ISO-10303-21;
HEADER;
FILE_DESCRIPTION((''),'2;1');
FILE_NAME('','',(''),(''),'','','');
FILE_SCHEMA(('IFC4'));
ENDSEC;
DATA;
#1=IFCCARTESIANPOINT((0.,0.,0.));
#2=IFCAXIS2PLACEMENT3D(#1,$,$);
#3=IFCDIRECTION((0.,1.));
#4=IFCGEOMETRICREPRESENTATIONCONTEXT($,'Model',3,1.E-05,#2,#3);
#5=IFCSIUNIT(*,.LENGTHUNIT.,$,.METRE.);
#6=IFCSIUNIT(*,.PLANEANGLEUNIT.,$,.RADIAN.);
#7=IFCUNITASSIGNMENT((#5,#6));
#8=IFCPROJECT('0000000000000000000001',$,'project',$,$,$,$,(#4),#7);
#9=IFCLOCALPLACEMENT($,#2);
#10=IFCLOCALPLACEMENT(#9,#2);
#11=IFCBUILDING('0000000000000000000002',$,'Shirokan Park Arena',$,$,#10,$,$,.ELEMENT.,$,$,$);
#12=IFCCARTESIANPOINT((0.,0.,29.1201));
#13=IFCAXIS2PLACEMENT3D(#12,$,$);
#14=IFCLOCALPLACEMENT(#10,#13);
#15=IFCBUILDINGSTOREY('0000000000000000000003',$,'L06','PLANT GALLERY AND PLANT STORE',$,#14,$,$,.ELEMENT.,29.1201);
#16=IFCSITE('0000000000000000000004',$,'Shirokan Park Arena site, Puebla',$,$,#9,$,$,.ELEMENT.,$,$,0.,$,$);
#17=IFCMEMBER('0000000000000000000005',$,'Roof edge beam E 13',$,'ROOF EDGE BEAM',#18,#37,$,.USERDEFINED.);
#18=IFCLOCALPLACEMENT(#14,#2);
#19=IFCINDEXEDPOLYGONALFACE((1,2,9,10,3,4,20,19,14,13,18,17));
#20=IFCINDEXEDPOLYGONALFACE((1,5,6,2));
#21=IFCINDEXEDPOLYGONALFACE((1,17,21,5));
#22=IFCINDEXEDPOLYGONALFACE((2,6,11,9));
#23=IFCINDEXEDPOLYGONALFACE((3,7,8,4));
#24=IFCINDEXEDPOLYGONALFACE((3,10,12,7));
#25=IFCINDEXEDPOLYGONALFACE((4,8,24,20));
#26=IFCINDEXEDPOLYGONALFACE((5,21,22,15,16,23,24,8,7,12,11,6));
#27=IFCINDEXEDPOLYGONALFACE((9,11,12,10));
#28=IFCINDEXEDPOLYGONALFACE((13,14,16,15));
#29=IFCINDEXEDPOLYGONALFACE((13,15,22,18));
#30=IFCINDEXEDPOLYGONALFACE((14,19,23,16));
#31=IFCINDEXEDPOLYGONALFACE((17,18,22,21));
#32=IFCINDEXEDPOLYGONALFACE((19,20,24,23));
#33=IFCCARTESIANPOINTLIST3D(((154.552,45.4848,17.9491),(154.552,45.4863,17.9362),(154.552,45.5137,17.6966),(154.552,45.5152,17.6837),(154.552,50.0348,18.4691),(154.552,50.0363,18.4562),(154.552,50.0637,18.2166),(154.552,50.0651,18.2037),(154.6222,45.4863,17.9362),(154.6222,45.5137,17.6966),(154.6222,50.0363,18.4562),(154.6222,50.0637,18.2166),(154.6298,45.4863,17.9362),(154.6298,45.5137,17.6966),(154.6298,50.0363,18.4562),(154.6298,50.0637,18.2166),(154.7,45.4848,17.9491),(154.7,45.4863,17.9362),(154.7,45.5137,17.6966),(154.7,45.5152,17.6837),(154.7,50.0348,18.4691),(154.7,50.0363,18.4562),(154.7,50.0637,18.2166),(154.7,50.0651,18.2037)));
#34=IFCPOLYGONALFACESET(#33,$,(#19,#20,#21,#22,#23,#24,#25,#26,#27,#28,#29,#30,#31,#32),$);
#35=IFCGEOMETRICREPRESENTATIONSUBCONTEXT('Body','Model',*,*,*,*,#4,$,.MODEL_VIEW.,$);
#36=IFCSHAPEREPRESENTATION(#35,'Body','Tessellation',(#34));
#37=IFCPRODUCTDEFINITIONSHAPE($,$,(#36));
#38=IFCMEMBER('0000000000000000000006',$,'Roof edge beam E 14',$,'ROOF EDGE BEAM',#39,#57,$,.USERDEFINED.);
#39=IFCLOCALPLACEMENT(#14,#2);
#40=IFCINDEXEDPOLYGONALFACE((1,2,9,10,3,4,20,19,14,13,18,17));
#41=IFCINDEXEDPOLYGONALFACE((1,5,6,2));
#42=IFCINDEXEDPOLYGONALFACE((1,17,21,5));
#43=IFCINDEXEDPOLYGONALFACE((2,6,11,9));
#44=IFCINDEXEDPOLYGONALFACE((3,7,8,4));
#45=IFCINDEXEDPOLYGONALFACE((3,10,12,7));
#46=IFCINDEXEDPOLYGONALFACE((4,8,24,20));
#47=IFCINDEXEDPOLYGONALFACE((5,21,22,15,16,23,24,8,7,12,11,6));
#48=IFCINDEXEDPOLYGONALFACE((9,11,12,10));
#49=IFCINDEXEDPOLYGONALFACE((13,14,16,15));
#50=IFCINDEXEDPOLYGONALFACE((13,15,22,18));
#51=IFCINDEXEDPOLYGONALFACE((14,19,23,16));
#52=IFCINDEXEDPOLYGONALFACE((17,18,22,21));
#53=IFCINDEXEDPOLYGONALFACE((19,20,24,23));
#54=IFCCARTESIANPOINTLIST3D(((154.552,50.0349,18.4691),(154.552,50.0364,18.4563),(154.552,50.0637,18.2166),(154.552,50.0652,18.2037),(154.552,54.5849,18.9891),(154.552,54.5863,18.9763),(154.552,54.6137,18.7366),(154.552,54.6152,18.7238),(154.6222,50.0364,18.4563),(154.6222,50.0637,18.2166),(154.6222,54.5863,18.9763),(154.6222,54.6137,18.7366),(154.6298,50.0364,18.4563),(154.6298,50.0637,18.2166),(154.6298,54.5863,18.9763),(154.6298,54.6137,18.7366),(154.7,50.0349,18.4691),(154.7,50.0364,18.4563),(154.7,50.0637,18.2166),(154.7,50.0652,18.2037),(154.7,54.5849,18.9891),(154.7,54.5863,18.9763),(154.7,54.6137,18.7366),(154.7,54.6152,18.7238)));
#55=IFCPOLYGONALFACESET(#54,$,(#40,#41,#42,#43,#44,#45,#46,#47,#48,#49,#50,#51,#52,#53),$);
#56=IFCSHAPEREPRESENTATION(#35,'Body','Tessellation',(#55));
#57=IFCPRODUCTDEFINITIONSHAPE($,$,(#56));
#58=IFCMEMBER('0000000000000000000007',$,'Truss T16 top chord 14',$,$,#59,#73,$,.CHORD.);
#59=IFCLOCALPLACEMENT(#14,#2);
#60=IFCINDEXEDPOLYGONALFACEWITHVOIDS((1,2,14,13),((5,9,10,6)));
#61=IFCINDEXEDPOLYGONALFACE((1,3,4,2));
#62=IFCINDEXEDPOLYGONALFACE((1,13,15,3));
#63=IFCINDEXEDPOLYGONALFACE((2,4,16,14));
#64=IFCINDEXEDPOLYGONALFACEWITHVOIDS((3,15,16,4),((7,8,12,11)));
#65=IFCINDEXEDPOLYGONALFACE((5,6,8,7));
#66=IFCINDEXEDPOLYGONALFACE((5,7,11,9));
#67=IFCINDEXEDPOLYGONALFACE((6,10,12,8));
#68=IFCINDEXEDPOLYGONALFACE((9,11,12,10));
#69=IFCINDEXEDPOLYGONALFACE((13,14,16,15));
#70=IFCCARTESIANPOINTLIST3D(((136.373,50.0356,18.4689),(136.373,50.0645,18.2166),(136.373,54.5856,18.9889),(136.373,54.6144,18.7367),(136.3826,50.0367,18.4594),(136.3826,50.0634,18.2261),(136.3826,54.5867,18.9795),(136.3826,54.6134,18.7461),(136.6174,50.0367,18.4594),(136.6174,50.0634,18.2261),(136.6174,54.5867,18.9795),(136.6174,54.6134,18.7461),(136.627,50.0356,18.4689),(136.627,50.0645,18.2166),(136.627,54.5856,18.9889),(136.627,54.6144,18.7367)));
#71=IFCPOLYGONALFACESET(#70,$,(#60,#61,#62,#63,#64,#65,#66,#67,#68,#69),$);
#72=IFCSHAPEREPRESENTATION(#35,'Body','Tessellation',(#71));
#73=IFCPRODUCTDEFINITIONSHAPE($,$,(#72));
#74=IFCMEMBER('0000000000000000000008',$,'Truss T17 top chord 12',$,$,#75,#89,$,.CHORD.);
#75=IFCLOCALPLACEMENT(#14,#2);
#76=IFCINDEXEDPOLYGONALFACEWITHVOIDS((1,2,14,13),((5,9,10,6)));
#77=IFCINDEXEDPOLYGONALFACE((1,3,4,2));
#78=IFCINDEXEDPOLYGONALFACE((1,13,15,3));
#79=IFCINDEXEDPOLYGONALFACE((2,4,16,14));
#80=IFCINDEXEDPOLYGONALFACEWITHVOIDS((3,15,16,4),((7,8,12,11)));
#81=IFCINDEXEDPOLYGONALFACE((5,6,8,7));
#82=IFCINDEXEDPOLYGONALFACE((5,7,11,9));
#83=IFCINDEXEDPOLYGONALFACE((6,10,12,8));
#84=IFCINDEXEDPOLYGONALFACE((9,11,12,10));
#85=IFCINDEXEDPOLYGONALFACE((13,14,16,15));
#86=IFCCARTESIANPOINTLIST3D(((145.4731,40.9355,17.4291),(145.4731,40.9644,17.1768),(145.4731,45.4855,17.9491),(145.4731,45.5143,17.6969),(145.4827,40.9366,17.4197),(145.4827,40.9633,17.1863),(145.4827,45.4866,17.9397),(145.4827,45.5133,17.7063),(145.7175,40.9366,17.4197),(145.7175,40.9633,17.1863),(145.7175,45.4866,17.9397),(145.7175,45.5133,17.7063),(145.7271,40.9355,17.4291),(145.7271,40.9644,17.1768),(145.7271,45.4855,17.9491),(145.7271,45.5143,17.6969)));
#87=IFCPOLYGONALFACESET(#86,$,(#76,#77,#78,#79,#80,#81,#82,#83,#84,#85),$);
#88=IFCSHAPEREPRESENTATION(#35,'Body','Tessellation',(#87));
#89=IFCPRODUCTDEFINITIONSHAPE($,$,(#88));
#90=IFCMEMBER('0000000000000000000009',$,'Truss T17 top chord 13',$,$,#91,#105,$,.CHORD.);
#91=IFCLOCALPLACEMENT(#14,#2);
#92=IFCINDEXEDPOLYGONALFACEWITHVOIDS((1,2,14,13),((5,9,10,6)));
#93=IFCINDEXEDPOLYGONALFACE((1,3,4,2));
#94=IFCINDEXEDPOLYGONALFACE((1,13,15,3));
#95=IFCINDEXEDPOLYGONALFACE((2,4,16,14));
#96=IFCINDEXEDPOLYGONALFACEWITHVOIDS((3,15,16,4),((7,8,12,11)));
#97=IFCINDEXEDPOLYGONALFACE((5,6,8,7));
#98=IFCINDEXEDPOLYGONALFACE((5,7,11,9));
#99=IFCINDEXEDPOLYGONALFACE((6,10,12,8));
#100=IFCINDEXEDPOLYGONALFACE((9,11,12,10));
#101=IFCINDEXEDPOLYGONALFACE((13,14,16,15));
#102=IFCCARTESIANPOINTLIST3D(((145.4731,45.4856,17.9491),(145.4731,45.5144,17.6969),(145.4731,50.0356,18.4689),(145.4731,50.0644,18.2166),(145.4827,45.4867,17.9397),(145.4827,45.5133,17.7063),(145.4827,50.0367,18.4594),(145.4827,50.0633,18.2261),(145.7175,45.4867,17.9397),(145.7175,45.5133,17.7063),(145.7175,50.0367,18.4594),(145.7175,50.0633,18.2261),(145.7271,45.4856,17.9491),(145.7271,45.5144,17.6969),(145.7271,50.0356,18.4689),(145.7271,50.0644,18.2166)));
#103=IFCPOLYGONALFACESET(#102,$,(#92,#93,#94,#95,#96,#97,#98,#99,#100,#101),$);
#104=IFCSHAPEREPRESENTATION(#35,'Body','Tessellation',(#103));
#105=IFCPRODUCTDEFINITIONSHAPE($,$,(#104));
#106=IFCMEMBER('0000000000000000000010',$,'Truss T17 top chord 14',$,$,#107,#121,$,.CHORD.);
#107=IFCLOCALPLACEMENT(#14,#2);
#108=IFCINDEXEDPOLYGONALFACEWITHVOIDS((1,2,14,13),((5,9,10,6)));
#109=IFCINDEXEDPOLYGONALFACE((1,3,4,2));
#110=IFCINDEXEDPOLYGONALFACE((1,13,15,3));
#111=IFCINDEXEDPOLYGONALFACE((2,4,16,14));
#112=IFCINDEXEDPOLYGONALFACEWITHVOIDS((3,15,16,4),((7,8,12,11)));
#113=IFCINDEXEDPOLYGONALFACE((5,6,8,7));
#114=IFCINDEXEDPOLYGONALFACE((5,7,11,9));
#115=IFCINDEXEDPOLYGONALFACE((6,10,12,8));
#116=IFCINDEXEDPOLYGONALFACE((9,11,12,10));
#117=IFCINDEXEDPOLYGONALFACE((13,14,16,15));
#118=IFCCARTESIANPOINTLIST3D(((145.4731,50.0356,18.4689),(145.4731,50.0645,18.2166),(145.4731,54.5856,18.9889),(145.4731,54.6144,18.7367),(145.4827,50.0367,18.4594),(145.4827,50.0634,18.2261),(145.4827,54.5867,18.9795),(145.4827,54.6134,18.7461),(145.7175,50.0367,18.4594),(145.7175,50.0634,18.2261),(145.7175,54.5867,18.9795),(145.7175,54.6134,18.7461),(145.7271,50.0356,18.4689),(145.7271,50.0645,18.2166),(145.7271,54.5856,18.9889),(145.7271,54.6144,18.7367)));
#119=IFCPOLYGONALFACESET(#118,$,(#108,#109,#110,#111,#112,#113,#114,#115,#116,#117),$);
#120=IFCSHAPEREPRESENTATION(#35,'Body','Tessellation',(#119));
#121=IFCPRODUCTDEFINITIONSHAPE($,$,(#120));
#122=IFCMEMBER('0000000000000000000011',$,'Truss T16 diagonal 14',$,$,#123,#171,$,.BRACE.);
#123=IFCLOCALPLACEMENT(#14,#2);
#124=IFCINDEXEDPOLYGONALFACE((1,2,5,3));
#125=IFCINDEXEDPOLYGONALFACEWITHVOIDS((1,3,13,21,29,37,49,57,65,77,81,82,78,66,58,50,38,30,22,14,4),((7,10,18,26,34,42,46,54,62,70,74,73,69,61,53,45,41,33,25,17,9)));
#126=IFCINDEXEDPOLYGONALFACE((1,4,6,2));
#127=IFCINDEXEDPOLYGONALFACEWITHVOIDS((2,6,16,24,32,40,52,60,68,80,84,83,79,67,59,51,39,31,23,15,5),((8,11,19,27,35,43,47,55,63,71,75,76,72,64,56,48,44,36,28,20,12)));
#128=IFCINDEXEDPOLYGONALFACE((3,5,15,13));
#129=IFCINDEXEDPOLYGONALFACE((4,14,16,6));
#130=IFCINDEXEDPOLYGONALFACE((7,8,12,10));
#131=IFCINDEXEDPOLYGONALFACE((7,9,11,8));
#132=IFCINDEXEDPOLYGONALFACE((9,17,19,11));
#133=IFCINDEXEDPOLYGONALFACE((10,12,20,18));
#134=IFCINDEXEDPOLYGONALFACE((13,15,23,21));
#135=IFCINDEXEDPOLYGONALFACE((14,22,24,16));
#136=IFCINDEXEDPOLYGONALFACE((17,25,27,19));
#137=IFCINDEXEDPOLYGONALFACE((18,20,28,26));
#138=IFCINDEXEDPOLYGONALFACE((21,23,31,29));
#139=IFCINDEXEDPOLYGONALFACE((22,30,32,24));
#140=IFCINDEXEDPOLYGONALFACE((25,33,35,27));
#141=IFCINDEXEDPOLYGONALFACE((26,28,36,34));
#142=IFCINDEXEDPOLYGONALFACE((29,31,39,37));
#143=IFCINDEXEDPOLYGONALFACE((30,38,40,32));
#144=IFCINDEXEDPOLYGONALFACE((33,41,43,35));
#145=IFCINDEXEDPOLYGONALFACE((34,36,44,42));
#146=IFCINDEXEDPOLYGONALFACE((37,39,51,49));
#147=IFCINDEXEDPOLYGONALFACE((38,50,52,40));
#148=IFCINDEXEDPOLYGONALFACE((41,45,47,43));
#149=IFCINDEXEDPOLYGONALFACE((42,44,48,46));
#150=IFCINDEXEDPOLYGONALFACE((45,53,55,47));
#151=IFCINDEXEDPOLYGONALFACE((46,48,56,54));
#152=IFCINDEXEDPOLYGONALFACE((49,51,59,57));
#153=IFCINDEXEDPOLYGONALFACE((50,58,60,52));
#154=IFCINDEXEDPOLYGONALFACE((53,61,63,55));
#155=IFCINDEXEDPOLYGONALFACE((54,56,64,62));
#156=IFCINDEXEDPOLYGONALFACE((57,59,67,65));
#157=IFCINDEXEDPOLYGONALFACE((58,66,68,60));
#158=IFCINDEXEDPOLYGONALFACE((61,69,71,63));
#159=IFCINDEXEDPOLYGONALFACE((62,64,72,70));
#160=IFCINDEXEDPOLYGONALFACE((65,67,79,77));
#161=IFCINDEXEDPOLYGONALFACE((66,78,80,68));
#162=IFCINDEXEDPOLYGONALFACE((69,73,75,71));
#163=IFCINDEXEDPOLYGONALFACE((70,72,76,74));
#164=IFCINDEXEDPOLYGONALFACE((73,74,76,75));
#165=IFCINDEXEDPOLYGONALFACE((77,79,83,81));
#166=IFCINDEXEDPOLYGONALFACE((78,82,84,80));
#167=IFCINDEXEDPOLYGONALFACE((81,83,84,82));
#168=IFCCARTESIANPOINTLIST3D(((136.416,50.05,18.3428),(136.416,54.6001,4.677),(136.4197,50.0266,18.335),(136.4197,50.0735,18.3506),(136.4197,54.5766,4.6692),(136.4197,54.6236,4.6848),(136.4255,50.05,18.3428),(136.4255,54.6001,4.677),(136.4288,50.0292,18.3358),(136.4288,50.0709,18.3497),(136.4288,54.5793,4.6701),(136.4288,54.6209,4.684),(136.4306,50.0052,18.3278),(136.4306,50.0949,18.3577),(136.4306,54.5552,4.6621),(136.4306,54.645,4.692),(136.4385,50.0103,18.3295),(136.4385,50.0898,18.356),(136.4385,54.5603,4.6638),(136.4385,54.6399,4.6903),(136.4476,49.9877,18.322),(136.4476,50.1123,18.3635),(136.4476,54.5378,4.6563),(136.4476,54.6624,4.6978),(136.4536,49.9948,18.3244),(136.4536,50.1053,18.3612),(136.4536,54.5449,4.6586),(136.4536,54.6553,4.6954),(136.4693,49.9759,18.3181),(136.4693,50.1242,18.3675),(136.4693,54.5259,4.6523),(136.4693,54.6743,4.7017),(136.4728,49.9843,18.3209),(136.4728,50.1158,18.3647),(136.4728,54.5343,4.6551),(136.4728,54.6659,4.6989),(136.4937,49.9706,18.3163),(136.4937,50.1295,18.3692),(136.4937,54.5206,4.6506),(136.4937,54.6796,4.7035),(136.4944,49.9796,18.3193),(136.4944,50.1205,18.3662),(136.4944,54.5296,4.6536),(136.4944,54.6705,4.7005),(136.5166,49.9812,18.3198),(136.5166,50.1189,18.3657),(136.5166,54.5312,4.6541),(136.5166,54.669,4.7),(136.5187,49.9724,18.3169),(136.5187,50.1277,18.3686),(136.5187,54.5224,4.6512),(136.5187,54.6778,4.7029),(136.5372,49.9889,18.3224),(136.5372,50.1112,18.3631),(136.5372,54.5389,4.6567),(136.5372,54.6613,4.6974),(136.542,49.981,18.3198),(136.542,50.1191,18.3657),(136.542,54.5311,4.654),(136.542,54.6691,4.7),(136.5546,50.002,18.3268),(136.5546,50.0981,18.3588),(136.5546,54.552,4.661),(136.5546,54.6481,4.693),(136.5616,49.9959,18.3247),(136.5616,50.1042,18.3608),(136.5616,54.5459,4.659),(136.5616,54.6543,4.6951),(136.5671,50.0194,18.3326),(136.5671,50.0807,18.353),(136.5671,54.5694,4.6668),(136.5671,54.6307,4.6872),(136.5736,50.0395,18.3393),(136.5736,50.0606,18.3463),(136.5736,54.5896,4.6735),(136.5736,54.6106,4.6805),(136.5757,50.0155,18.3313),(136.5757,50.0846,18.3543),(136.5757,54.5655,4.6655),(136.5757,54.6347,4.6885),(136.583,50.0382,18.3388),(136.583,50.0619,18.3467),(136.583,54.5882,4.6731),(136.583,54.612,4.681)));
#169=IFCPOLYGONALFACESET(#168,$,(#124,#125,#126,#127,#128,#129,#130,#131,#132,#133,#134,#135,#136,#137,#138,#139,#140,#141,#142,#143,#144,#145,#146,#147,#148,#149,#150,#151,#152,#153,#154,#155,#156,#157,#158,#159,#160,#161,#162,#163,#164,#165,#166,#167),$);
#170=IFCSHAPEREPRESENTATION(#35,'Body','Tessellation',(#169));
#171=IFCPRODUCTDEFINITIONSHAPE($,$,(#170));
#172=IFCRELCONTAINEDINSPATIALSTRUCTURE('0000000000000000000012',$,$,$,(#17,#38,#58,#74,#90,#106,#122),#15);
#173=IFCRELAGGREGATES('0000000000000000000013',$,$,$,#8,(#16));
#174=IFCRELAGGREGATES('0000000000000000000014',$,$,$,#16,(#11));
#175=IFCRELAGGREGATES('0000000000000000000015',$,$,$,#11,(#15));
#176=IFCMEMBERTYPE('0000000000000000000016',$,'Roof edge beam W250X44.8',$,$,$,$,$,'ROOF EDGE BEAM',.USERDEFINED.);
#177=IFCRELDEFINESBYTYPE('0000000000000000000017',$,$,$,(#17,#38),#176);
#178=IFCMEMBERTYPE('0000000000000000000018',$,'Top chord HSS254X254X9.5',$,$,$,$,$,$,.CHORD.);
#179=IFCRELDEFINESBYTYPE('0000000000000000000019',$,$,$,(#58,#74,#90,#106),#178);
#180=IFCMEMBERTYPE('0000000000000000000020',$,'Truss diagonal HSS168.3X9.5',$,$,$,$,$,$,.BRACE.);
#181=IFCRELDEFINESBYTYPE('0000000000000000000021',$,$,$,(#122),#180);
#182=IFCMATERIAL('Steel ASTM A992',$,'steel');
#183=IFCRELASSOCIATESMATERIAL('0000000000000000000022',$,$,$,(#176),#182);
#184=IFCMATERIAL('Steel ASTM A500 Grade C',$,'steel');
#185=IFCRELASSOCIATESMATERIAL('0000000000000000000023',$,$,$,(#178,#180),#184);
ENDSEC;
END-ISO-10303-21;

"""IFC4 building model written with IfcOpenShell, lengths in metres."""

from ifc_helpers import new_model, si_unit, direction, frame, origin, origin_2d, place, context, subcontext, project, spatial, hollow_rectangle, hollow_circle, i_section, extrude, material, material_profile, profile_set, type_object, element, save


model = new_model("IFC4")

# Units and contexts
model_context = context("Model", 3, precision=1e-05, world=origin(), true_north=direction((0.0, 1.0)))
body_context = subcontext(model_context, "Body", "Model", "MODEL_VIEW")
ifc_project = project(units=[si_unit("LENGTHUNIT", "METRE"), si_unit("PLANEANGLEUNIT", "RADIAN")], contexts=[model_context])

# Site, building, storey
site_placement = place(None, origin())
site = spatial("IfcSite", under=ifc_project, at=site_placement, Name="Shirokan Park Arena site, Puebla", CompositionType="ELEMENT", RefElevation=0.0)
building_placement = place(site_placement, origin())
building = spatial("IfcBuilding", under=site, at=building_placement, Name="Shirokan Park Arena", CompositionType="ELEMENT")
storey_placement = place(building_placement, frame((0.0, 0.0, 29.1201)))
storey = spatial("IfcBuildingStorey", under=building, at=storey_placement, Name="L06", Description="PLANT GALLERY AND PLANT STORE", CompositionType="ELEMENT", Elevation=29.1201)

# Members
ifc_material_1 = material(Name="Steel ASTM A992", Category="steel")
ifc_material_profile_1 = material_profile(ifc_material_1, i_section(OverallWidth=0.1479, OverallDepth=0.2671, WebThickness=0.0076, FlangeThickness=0.0129, at=origin_2d()), Name="W250X44.8")
ifc_profile_set_1 = profile_set([ifc_material_profile_1], Name="Steel ASTM A992")
member_type_1 = type_object("IfcMemberType", Name="Roof edge beam W250X44.8", ElementType="ROOF EDGE BEAM", PredefinedType="USERDEFINED", material=ifc_profile_set_1)
for number, where, z_axis, x_axis, name in (
    (1, (154.626, 45.5, 17.8164), (0.0, 0.993532, 0.11355), (-1.0, 0.0, 0.0), "Roof edge beam E 13"),
    (2, (154.626, 50.05, 18.3364), (0.0, 0.993532, 0.11355), (-1.0, 0.0, 0.0), "Roof edge beam E 14"),
):
    element("IfcMember", number, at=place(storey_placement, frame(where, z_axis=z_axis, x_axis=x_axis)), inside=storey, type_object=member_type_1, Name=name, ObjectType="ROOF EDGE BEAM", PredefinedType="USERDEFINED", context=body_context, shape_type="SweptSolid", body=[
        extrude(i_section(OverallWidth=0.1479, OverallDepth=0.2671, WebThickness=0.0076, FlangeThickness=0.0129, at=origin_2d()), origin(), (0.0, 0.0, 1.0), 4.5796),
    ])
ifc_material_2 = material(Name="Steel ASTM A500 Grade C", Category="steel")
ifc_material_profile_2 = material_profile(ifc_material_2, hollow_rectangle(XDim=0.2539, YDim=0.2539, WallThickness=0.0095, at=origin_2d()), Name="HSS254X254X9.5")
ifc_profile_set_2 = profile_set([ifc_material_profile_2], Name="Steel ASTM A500 Grade C")
member_type_2 = type_object("IfcMemberType", Name="Top chord HSS254X254X9.5", PredefinedType="CHORD", material=ifc_profile_set_2)
for number, where, z_axis, x_axis, name in (
    (3, (136.5, 50.05, 18.3428), (0.0, 0.993532, 0.11355), (-1.0, 0.0, 0.0), "Truss T16 top chord 14"),
    (4, (145.6001, 40.95, 17.303), (0.0, 0.993532, 0.11355), (-1.0, 0.0, 0.0), "Truss T17 top chord 12"),
    (5, (145.6001, 45.5, 17.823), (0.0, 0.993538, 0.113497), (-1.0, 0.0, 0.0), "Truss T17 top chord 13"),
    (6, (145.6001, 50.05, 18.3428), (0.0, 0.993532, 0.11355), (-1.0, 0.0, 0.0), "Truss T17 top chord 14"),
):
    element("IfcMember", number, at=place(storey_placement, frame(where, z_axis=z_axis, x_axis=x_axis)), inside=storey, type_object=member_type_2, Name=name, PredefinedType="CHORD", context=body_context, shape_type="SweptSolid", body=[
        extrude(hollow_rectangle(XDim=0.2539, YDim=0.2539, WallThickness=0.0095, at=origin_2d()), origin(), (0.0, 0.0, 1.0), 4.5796),
    ])
ifc_material_profile_3 = material_profile(ifc_material_2, hollow_circle(Radius=0.084, WallThickness=0.0095, at=origin_2d()), Name="HSS168.3X9.5")
ifc_profile_set_3 = profile_set([ifc_material_profile_3], Name="Steel ASTM A500 Grade C")
member_type_3 = type_object("IfcMemberType", Name="Truss diagonal HSS168.3X9.5", PredefinedType="BRACE", material=ifc_profile_set_3)
member_1_placement = place(storey_placement, frame((136.5, 50.05, 18.3428), z_axis=(0.0, 0.315902, -0.948792), x_axis=(-1.0, 0.0, 0.0)))
element("IfcMember", 7, at=member_1_placement, inside=storey, type_object=member_type_3, Name="Truss T16 diagonal 14", PredefinedType="BRACE", context=body_context, shape_type="SweptSolid", body=[
    extrude(hollow_circle(Radius=0.084, WallThickness=0.0095, at=origin_2d()), origin(), (0.0, 0.0, 1.0), 14.4033),
])

save(model, "model.ifc")
